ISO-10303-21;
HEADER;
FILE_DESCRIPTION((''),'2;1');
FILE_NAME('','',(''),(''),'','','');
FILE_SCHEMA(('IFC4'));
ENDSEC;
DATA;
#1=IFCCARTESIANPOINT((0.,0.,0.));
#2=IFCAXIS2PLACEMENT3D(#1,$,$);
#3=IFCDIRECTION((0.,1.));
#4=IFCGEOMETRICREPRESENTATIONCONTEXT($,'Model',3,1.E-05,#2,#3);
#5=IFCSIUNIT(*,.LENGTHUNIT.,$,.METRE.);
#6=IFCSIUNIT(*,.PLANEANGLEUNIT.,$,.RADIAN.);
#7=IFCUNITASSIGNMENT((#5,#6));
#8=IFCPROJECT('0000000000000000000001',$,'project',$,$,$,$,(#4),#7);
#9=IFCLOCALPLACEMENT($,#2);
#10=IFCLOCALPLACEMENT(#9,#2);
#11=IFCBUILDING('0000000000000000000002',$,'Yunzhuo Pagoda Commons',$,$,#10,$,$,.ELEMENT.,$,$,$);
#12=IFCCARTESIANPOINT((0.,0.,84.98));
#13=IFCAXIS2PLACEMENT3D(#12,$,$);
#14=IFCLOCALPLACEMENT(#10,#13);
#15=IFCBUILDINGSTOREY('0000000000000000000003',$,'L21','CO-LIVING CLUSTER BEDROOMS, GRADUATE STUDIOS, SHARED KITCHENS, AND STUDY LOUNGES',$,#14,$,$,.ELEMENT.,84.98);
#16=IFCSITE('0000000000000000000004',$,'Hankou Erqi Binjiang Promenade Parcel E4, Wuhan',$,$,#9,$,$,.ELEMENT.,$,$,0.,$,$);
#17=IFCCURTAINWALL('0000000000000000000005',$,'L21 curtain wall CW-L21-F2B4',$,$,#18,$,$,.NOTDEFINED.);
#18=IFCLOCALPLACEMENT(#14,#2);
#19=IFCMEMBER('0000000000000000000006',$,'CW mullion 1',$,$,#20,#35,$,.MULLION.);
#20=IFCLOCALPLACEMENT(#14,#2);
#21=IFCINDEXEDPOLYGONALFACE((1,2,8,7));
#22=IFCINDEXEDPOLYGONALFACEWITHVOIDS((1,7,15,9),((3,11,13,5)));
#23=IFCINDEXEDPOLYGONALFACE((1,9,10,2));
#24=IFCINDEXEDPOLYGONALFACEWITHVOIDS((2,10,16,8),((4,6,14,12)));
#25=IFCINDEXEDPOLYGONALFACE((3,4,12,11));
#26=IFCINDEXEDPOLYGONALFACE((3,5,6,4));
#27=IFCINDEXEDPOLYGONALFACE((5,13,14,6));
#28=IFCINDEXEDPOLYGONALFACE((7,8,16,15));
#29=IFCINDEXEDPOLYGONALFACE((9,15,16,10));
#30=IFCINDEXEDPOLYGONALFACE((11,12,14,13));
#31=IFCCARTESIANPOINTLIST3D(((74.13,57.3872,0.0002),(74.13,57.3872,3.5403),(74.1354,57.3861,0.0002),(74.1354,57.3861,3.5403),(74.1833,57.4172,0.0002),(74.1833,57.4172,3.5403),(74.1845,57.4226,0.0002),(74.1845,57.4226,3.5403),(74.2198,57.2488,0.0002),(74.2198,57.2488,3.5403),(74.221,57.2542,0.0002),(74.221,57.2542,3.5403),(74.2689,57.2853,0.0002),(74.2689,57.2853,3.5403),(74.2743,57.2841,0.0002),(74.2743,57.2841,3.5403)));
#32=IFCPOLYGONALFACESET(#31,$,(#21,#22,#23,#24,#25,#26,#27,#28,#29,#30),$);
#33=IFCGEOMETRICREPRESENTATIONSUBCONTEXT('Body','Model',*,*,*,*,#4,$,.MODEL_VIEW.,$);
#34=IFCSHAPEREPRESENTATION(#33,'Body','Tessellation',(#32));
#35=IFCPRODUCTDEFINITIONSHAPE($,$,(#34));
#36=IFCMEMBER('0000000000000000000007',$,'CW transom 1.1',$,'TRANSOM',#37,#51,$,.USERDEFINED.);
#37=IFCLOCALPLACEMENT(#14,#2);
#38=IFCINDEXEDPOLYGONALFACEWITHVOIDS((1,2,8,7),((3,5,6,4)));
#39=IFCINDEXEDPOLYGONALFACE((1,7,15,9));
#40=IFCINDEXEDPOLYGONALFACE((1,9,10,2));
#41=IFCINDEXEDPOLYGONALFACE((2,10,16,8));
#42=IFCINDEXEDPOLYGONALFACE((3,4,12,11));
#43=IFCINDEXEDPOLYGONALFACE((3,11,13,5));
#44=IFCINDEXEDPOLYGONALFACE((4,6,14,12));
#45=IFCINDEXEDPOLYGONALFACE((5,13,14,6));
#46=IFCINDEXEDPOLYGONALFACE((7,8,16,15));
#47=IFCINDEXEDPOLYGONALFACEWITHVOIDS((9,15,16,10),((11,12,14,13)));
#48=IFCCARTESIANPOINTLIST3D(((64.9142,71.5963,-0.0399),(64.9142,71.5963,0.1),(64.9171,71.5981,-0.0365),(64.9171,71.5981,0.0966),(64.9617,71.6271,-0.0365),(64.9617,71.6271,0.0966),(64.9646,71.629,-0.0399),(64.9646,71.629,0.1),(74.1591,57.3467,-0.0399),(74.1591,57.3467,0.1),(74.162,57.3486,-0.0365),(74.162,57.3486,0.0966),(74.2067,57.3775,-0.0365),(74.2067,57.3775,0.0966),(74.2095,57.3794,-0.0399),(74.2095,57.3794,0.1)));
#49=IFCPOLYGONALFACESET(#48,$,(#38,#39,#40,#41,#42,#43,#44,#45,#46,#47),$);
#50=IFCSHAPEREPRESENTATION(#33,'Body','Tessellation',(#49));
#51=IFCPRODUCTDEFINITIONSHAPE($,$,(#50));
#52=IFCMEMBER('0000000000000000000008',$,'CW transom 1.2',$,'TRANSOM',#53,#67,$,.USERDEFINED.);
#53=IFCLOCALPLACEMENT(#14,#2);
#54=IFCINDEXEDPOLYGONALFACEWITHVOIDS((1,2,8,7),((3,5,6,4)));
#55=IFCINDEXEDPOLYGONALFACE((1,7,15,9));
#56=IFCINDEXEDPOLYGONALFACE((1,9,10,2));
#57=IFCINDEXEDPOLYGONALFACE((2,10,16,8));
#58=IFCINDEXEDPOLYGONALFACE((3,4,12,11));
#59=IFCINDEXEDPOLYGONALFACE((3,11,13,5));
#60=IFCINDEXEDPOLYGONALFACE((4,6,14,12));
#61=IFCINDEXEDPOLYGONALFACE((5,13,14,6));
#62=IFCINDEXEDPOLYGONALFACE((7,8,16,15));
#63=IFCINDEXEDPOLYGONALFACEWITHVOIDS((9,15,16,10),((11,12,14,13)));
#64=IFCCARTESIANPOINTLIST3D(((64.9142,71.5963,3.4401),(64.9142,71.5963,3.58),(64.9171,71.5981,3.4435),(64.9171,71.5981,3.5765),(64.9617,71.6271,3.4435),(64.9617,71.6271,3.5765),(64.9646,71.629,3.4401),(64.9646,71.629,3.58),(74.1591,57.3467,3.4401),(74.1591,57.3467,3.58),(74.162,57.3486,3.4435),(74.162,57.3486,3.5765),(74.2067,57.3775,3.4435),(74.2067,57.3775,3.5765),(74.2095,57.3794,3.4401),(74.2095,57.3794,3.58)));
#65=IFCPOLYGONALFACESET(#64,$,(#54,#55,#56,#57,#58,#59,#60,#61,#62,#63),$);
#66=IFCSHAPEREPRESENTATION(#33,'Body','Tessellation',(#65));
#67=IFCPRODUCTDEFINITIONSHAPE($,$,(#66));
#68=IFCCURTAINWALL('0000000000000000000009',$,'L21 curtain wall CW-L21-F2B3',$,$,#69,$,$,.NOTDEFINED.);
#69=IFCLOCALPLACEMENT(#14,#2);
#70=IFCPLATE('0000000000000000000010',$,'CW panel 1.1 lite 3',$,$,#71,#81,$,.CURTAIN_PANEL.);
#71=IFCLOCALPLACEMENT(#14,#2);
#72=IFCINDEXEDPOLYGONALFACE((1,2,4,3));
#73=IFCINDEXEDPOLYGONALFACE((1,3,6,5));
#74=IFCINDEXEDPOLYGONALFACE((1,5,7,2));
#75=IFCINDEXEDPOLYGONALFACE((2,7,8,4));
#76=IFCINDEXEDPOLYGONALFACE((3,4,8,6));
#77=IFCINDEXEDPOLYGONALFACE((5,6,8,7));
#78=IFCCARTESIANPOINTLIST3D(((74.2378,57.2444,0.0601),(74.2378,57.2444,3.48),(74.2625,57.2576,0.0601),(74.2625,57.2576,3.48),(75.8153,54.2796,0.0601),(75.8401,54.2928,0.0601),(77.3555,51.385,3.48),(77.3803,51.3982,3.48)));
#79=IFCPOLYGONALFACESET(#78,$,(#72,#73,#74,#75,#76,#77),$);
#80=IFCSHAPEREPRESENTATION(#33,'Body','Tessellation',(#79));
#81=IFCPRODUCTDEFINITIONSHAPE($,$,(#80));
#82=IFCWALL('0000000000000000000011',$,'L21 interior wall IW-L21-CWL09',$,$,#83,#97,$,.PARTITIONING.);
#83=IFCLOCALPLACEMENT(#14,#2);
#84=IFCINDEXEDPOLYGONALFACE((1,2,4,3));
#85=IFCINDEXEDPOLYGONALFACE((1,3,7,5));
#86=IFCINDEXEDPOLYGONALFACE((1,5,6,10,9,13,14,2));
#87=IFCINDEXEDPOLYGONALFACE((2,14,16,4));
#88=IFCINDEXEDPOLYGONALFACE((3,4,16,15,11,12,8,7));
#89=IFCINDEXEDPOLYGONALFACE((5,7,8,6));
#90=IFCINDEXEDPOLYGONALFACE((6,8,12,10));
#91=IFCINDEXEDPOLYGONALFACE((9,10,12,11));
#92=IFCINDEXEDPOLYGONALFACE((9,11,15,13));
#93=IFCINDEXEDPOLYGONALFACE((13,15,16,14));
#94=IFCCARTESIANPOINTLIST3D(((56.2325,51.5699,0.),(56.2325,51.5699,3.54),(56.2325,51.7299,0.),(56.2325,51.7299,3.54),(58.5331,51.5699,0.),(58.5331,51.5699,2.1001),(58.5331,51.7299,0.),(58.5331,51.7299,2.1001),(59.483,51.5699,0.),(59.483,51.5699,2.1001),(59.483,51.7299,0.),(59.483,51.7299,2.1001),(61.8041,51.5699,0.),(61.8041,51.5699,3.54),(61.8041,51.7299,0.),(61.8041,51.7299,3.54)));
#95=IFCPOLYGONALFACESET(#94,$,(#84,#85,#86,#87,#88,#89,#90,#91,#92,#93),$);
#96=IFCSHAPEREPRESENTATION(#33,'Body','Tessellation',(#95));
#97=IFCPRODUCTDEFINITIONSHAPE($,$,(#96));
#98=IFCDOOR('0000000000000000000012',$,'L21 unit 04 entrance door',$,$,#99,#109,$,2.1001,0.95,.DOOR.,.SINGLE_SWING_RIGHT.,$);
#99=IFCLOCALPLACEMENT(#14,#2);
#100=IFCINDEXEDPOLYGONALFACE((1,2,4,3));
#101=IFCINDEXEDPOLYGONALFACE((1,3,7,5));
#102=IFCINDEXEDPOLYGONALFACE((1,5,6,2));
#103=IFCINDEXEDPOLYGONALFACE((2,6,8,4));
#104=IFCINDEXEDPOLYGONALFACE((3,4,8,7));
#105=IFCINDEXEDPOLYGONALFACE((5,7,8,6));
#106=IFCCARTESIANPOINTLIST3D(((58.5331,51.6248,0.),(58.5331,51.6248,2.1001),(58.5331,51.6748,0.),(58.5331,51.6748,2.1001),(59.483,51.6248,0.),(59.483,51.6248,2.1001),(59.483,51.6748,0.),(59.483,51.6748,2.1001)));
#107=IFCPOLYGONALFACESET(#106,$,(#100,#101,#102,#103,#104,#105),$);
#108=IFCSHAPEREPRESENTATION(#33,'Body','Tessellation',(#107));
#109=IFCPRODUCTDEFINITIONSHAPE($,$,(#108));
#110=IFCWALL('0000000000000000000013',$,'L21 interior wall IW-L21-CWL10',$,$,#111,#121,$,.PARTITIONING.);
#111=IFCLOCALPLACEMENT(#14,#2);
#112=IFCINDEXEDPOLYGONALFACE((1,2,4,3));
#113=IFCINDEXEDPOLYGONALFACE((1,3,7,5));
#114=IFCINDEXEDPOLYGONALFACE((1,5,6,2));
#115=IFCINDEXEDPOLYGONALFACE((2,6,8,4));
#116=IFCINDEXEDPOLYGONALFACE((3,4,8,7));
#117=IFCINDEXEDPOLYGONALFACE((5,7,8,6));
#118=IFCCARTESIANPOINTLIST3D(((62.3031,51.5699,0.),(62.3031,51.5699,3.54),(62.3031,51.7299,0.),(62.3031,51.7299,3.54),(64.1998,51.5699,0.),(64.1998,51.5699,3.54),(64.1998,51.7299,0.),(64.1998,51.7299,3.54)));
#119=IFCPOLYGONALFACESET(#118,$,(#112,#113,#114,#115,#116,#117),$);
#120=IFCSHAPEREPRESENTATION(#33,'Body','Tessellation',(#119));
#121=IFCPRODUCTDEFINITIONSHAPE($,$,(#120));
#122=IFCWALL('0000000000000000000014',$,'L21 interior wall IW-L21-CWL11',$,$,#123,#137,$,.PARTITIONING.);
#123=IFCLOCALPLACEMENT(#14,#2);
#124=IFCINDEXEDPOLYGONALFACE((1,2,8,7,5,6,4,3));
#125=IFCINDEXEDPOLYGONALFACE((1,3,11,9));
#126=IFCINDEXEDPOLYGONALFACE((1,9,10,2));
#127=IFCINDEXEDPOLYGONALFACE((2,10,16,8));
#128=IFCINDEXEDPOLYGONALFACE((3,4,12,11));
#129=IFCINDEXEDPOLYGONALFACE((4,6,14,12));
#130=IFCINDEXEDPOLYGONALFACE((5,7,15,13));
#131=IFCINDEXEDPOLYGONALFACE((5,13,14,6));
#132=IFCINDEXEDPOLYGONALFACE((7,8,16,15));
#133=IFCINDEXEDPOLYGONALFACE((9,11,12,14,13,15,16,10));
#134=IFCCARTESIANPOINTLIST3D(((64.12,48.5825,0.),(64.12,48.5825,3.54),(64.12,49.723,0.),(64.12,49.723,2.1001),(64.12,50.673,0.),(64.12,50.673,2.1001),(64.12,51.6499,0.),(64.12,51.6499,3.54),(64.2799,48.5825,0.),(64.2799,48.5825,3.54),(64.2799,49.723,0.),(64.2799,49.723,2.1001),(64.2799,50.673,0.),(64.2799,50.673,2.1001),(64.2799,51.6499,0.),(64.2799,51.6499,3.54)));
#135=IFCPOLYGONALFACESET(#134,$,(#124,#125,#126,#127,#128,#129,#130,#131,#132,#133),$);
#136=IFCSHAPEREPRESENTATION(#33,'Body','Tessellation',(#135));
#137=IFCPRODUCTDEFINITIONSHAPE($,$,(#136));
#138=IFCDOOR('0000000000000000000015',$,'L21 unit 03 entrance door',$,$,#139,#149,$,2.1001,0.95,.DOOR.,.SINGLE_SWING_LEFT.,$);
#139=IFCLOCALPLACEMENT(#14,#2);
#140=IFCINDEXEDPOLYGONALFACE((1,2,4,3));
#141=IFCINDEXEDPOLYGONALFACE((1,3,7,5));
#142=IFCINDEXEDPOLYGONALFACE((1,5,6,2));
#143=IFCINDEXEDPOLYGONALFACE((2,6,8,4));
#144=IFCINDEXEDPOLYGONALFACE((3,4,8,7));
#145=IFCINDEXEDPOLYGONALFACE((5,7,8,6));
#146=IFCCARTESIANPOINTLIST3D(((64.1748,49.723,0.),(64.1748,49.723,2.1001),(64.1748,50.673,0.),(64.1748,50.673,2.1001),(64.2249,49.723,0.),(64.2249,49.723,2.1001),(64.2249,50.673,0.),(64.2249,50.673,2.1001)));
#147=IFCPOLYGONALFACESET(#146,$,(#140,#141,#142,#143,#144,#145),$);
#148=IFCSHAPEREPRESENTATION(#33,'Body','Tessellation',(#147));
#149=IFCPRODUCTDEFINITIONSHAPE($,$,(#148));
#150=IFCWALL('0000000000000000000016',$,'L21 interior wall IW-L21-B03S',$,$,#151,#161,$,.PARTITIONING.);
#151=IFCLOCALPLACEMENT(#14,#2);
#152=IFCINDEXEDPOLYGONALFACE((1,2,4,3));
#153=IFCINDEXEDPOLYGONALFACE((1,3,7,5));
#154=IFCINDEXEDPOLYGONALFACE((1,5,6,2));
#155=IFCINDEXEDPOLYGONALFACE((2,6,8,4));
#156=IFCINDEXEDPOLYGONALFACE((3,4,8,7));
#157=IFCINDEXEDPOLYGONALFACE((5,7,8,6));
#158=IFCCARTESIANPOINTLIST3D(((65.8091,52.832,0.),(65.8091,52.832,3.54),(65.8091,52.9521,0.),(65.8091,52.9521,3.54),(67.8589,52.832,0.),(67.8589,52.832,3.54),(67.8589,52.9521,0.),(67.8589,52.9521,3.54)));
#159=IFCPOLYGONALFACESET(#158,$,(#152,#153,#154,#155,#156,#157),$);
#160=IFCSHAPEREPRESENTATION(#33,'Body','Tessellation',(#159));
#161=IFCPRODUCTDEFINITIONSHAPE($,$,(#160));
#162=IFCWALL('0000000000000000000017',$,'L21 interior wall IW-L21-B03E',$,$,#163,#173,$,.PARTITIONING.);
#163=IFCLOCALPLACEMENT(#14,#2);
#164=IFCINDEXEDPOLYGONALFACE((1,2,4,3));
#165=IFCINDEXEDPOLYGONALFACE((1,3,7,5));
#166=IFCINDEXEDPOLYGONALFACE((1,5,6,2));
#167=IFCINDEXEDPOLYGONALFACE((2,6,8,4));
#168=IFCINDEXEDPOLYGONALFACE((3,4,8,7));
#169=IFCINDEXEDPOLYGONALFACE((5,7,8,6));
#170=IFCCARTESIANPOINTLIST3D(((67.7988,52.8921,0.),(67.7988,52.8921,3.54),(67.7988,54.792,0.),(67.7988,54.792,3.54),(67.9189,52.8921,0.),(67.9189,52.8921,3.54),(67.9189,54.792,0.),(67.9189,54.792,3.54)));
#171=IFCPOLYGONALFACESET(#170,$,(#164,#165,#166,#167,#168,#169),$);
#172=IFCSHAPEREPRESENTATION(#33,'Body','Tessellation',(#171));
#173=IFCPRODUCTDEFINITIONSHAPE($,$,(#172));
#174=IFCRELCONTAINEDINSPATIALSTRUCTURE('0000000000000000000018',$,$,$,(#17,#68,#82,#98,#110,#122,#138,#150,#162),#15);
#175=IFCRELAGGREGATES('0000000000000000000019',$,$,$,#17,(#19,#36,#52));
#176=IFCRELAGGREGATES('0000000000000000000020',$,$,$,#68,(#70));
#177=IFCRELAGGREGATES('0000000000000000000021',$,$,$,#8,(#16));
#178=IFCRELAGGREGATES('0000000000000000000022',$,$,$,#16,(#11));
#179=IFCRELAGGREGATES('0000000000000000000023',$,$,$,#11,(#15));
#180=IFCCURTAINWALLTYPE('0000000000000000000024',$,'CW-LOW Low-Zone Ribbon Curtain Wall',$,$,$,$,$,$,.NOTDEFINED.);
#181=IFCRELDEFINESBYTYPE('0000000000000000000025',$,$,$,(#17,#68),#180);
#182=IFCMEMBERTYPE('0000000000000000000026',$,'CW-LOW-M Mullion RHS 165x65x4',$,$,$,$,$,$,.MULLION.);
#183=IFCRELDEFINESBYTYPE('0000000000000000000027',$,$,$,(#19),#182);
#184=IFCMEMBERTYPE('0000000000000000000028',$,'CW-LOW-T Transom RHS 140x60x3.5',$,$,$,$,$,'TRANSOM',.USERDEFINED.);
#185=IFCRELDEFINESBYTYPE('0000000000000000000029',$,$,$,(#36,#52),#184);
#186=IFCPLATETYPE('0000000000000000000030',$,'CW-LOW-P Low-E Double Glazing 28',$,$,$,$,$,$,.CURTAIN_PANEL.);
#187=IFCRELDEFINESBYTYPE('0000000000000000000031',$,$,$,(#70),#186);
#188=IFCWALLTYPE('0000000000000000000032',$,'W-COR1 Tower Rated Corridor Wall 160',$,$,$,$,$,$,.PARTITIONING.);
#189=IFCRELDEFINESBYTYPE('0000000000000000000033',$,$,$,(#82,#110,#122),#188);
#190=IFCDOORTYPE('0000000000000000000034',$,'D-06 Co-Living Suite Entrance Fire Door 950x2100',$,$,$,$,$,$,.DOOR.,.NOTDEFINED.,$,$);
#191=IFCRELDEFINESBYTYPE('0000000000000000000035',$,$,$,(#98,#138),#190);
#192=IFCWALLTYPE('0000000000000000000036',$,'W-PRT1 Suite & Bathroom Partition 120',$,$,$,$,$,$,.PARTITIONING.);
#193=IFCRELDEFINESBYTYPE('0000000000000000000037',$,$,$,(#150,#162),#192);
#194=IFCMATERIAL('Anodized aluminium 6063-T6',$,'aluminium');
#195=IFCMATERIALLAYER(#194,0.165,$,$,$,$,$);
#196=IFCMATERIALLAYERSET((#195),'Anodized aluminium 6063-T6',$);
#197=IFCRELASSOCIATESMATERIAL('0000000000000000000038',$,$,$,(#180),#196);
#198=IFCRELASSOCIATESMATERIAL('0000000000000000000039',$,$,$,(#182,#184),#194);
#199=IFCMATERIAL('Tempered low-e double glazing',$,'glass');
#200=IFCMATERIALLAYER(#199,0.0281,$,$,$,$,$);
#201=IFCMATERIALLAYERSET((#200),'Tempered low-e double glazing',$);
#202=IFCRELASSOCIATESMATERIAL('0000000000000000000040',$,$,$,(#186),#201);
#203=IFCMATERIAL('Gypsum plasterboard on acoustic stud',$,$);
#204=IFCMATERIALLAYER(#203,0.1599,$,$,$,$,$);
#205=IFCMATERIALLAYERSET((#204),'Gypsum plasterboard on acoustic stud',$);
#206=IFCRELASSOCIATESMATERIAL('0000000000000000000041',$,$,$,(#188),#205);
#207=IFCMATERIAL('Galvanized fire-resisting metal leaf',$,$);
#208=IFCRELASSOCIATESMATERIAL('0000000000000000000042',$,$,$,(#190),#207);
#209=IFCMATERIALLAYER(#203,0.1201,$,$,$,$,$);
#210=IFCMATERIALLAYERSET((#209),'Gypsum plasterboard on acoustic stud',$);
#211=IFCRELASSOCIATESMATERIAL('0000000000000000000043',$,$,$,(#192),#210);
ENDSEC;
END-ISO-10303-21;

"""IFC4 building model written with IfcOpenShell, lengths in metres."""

from ifc_helpers import new_model, si_unit, direction, frame, frame_2d, origin, origin_with_axes, origin_2d, place, context, subcontext, project, spatial, polyline, rectangle, hollow_rectangle, outline, extrude, source, transform, mapped, material, layer, layer_set, material_profile, profile_set, type_object, element, fill, aggregate, save


model = new_model("IFC4")

# Units and contexts
model_context = context("Model", 3, precision=1e-05, world=origin(), true_north=direction((0.0, 1.0)))
body_context = subcontext(model_context, "Body", "Model", "MODEL_VIEW")
ifc_project = project(units=[si_unit("LENGTHUNIT", "METRE"), si_unit("PLANEANGLEUNIT", "RADIAN")], contexts=[model_context])

# Site, building, storey
site_placement = place(None, origin())
site = spatial("IfcSite", under=ifc_project, at=site_placement, Name="Hankou Erqi Binjiang Promenade Parcel E4, Wuhan", CompositionType="ELEMENT", RefElevation=0.0)
building_placement = place(site_placement, origin())
building = spatial("IfcBuilding", under=site, at=building_placement, Name="Yunzhuo Pagoda Commons", CompositionType="ELEMENT")
storey_placement = place(building_placement, frame((0.0, 0.0, 84.98)))
storey = spatial("IfcBuildingStorey", under=building, at=storey_placement, Name="L21", Description="CO-LIVING CLUSTER BEDROOMS, GRADUATE STUDIOS, SHARED KITCHENS, AND STUDY LOUNGES", CompositionType="ELEMENT", Elevation=84.98)

# Curtain wall, members
ifc_material_1 = material(Name="Anodized aluminium 6063-T6", Category="aluminium")
ifc_layer_1 = layer(ifc_material_1, 0.165)
ifc_layer_set_1 = layer_set([ifc_layer_1], Name="Anodized aluminium 6063-T6")
curtain_wall_type = type_object("IfcCurtainWallType", Name="CW-LOW Low-Zone Ribbon Curtain Wall", PredefinedType="NOTDEFINED", material=ifc_layer_set_1)
curtain_wall_1_placement = place(storey_placement, origin())
curtain_wall_1 = element("IfcCurtainWall", 1, at=curtain_wall_1_placement, inside=storey, type_object=curtain_wall_type, Name="L21 curtain wall CW-L21-F2B4", PredefinedType="NOTDEFINED")
ifc_material_profile_1 = material_profile(ifc_material_1, hollow_rectangle(XDim=0.0649, YDim=0.165, WallThickness=0.0039, at=origin_2d()), Name="Anodized aluminium 6063-T6")
ifc_profile_set_1 = profile_set([ifc_material_profile_1], Name="Anodized aluminium 6063-T6")
member_type_1 = type_object("IfcMemberType", Name="CW-LOW-M Mullion RHS 165x65x4", PredefinedType="MULLION", material=ifc_profile_set_1)
shared_shape_1 = source(origin(), body_context, "Body", "SweptSolid", [
    extrude(hollow_rectangle(XDim=0.0649, YDim=0.165, WallThickness=0.0039, at=origin_2d()), origin(), (0.0, 0.0, 1.0), 3.54),
])
member_1_placement = place(storey_placement, frame((74.2021, 57.3357, 0.0002), z_axis=(0.0, 0.0, 1.0), x_axis=(-0.838907, -0.544275, 0.0)))
member_1 = element("IfcMember", 2, at=member_1_placement, type_object=member_type_1, Name="CW mullion 1", PredefinedType="MULLION", context=body_context, shape_type="MappedRepresentation", body=[
    mapped(shared_shape_1, transform((0.0, 0.0, 0.0), scale=1.0)),
])
ifc_material_profile_2 = material_profile(ifc_material_1, hollow_rectangle(XDim=0.0601, YDim=0.1399, WallThickness=0.0034, at=origin_2d()), Name="Anodized aluminium 6063-T6")
ifc_profile_set_2 = profile_set([ifc_material_profile_2], Name="Anodized aluminium 6063-T6")
member_type_2 = type_object("IfcMemberType", Name="CW-LOW-T Transom RHS 140x60x3.5", ElementType="TRANSOM", PredefinedType="USERDEFINED", material=ifc_profile_set_2)
shared_shape_2 = source(origin(), body_context, "Body", "SweptSolid", [
    extrude(hollow_rectangle(XDim=0.0601, YDim=0.1399, WallThickness=0.0034, at=origin_2d()), origin(), (0.0, 0.0, 1.0), 16.9858),
])
member_2_placement = place(storey_placement, frame((74.1843, 57.363, 0.03), z_axis=(-0.544272, 0.838909, 0.0), x_axis=(-0.838909, -0.544272, 0.0)))
member_2 = element("IfcMember", 3, at=member_2_placement, type_object=member_type_2, Name="CW transom 1.1", ObjectType="TRANSOM", PredefinedType="USERDEFINED", context=body_context, shape_type="MappedRepresentation", body=[
    mapped(shared_shape_2, transform((0.0, 0.0, 0.0), scale=1.0)),
])
member_3_placement = place(storey_placement, frame((74.1843, 57.363, 3.51), z_axis=(-0.544272, 0.838909, 0.0), x_axis=(-0.838909, -0.544272, 0.0)))
member_3 = element("IfcMember", 4, at=member_3_placement, type_object=member_type_2, Name="CW transom 1.2", ObjectType="TRANSOM", PredefinedType="USERDEFINED", context=body_context, shape_type="MappedRepresentation", body=[
    mapped(shared_shape_2, transform((0.0, 0.0, 0.0), scale=1.0)),
])
aggregate(curtain_wall_1, [member_1, member_2, member_3])

# Curtain wall, plate
curtain_wall_2_placement = place(storey_placement, origin())
curtain_wall_2 = element("IfcCurtainWall", 5, at=curtain_wall_2_placement, inside=storey, type_object=curtain_wall_type, Name="L21 curtain wall CW-L21-F2B3", PredefinedType="NOTDEFINED")
ifc_material_2 = material(Name="Tempered low-e double glazing", Category="glass")
ifc_layer_2 = layer(ifc_material_2, 0.0281)
ifc_layer_set_2 = layer_set([ifc_layer_2], Name="Tempered low-e double glazing")
plate_type = type_object("IfcPlateType", Name="CW-LOW-P Low-E Double Glazing 28", PredefinedType="CURTAIN_PANEL", material=ifc_layer_set_2)
plate_placement = place(storey_placement, frame((75.7966, 54.3147, 1.77), z_axis=(0.882805, 0.46974, 0.0), x_axis=(-0.46974, 0.882805, 0.0)))
plate = element("IfcPlate", 6, at=plate_placement, type_object=plate_type, Name="CW panel 1.1 lite 3", PredefinedType="CURTAIN_PANEL", context=body_context, shape_type="SweptSolid", body=[
    extrude(outline(polyline([(-3.3186, 1.71), (-0.0398, -1.71), (3.3186, -1.71), (3.3186, 1.71), (-3.3186, 1.71)])), origin(), (0.0, 0.0, 1.0), 0.0281),
])
aggregate(curtain_wall_2, [plate])

# Wall, opening, door
ifc_material_3 = material(Name="Gypsum plasterboard on acoustic stud")
ifc_layer_3 = layer(ifc_material_3, 0.1599)
ifc_layer_set_3 = layer_set([ifc_layer_3], Name="Gypsum plasterboard on acoustic stud")
wall_type_1 = type_object("IfcWallType", Name="W-COR1 Tower Rated Corridor Wall 160", PredefinedType="PARTITIONING", material=ifc_layer_set_3)
wall_1_placement = place(storey_placement, frame((56.2327, 51.6499, 0.0), z_axis=(0.0, 0.0, 1.0), x_axis=(1.0, 0.0, 0.0)))
wall_1 = element("IfcWall", 7, at=wall_1_placement, inside=storey, type_object=wall_type_1, Name="L21 interior wall IW-L21-CWL09", PredefinedType="PARTITIONING", context=body_context, shape_type="SweptSolid", body=[
    extrude(rectangle(XDim=5.5715, YDim=0.1599, at=frame_2d((2.7856, 0.0))), origin(), (0.0, 0.0, 1.0), 3.54),
])
opening_1_placement = place(wall_1_placement, frame((2.3003, 0.0, 0.0)))
opening_1 = element("IfcOpeningElement", 8, at=opening_1_placement, cuts=wall_1, PredefinedType="OPENING", context=body_context, shape_type="SweptSolid", body=[
    extrude(rectangle(XDim=0.95, YDim=2.1001, at=frame_2d((0.4751, 1.05))), frame((0.0, 0.0898, 0.0), z_axis=(0.0, -1.0, 0.0), x_axis=(1.0, 0.0, 0.0)), (0.0, 0.0, 1.0), 0.1799),
])
ifc_material_4 = material(Name="Galvanized fire-resisting metal leaf")
door_type_1 = type_object("IfcDoorType", Name="D-06 Co-Living Suite Entrance Fire Door 950x2100", OperationType="NOTDEFINED", PredefinedType="DOOR", material=ifc_material_4)
shared_shape_3 = source(origin(), body_context, "Body", "SweptSolid", [
    extrude(rectangle(XDim=0.95, YDim=2.1001, at=frame_2d((0.4751, 1.05))), frame((0.0, 0.0249, 0.0), z_axis=(0.0, -1.0, 0.0), x_axis=(1.0, 0.0, 0.0)), (0.0, 0.0, 1.0), 0.05),
])
door_1_placement = place(opening_1_placement, origin_with_axes())
door_1 = element("IfcDoor", 9, at=door_1_placement, inside=storey, type_object=door_type_1, Name="L21 unit 04 entrance door", OperationType="SINGLE_SWING_RIGHT", OverallHeight=2.1001, OverallWidth=0.95, PredefinedType="DOOR", context=body_context, shape_type="MappedRepresentation", body=[
    mapped(shared_shape_3, transform((0.0, 0.0, 0.0), scale=1.0)),
])
fill(opening_1, door_1)

# Wall
wall_2_placement = place(storey_placement, frame((62.3032, 51.6499, 0.0), z_axis=(0.0, 0.0, 1.0), x_axis=(1.0, 0.0, 0.0)))
element("IfcWall", 10, at=wall_2_placement, inside=storey, type_object=wall_type_1, Name="L21 interior wall IW-L21-CWL10", PredefinedType="PARTITIONING", context=body_context, shape_type="SweptSolid", body=[
    extrude(rectangle(XDim=1.8967, YDim=0.1599, at=frame_2d((0.9482, 0.0))), origin(), (0.0, 0.0, 1.0), 3.54),
])

# Wall, opening, door
wall_3_placement = place(storey_placement, frame((64.2, 51.6499, 0.0), z_axis=(0.0, 0.0, 1.0), x_axis=(0.0, -1.0, 0.0)))
wall_3 = element("IfcWall", 11, at=wall_3_placement, inside=storey, type_object=wall_type_1, Name="L21 interior wall IW-L21-CWL11", PredefinedType="PARTITIONING", context=body_context, shape_type="SweptSolid", body=[
    extrude(rectangle(XDim=3.0674, YDim=0.1599, at=frame_2d((1.5337, 0.0))), origin(), (0.0, 0.0, 1.0), 3.54),
])
opening_2_placement = place(wall_3_placement, frame((0.9768, 0.0, 0.0)))
opening_2 = element("IfcOpeningElement", 12, at=opening_2_placement, cuts=wall_3, PredefinedType="OPENING", context=body_context, shape_type="SweptSolid", body=[
    extrude(rectangle(XDim=0.95, YDim=2.1001, at=frame_2d((0.4751, 1.05))), frame((0.0, 0.0898, 0.0), z_axis=(0.0, -1.0, 0.0), x_axis=(1.0, 0.0, 0.0)), (0.0, 0.0, 1.0), 0.1799),
])
door_2_placement = place(opening_2_placement, origin_with_axes())
door_2 = element("IfcDoor", 13, at=door_2_placement, inside=storey, type_object=door_type_1, Name="L21 unit 03 entrance door", OperationType="SINGLE_SWING_LEFT", OverallHeight=2.1001, OverallWidth=0.95, PredefinedType="DOOR", context=body_context, shape_type="MappedRepresentation", body=[
    mapped(shared_shape_3, transform((0.0, 0.0, 0.0), scale=1.0)),
])
fill(opening_2, door_2)

# Walls
ifc_layer_4 = layer(ifc_material_3, 0.1201)
ifc_layer_set_4 = layer_set([ifc_layer_4], Name="Gypsum plasterboard on acoustic stud")
wall_type_2 = type_object("IfcWallType", Name="W-PRT1 Suite & Bathroom Partition 120", PredefinedType="PARTITIONING", material=ifc_layer_set_4)
wall_4_placement = place(storey_placement, frame((65.8091, 52.8921, 0.0), z_axis=(0.0, 0.0, 1.0), x_axis=(1.0, 0.0, 0.0)))
element("IfcWall", 14, at=wall_4_placement, inside=storey, type_object=wall_type_2, Name="L21 interior wall IW-L21-B03S", PredefinedType="PARTITIONING", context=body_context, shape_type="SweptSolid", body=[
    extrude(rectangle(XDim=2.0498, YDim=0.1201, at=frame_2d((1.0249, 0.0))), origin(), (0.0, 0.0, 1.0), 3.54),
])
wall_5_placement = place(storey_placement, frame((67.8589, 52.8921, 0.0), z_axis=(0.0, 0.0, 1.0), x_axis=(0.0, 1.0, 0.0)))
element("IfcWall", 15, at=wall_5_placement, inside=storey, type_object=wall_type_2, Name="L21 interior wall IW-L21-B03E", PredefinedType="PARTITIONING", context=body_context, shape_type="SweptSolid", body=[
    extrude(rectangle(XDim=1.8999, YDim=0.1201, at=frame_2d((0.95, 0.0))), origin(), (0.0, 0.0, 1.0), 3.54),
])

save(model, "model.ifc")
